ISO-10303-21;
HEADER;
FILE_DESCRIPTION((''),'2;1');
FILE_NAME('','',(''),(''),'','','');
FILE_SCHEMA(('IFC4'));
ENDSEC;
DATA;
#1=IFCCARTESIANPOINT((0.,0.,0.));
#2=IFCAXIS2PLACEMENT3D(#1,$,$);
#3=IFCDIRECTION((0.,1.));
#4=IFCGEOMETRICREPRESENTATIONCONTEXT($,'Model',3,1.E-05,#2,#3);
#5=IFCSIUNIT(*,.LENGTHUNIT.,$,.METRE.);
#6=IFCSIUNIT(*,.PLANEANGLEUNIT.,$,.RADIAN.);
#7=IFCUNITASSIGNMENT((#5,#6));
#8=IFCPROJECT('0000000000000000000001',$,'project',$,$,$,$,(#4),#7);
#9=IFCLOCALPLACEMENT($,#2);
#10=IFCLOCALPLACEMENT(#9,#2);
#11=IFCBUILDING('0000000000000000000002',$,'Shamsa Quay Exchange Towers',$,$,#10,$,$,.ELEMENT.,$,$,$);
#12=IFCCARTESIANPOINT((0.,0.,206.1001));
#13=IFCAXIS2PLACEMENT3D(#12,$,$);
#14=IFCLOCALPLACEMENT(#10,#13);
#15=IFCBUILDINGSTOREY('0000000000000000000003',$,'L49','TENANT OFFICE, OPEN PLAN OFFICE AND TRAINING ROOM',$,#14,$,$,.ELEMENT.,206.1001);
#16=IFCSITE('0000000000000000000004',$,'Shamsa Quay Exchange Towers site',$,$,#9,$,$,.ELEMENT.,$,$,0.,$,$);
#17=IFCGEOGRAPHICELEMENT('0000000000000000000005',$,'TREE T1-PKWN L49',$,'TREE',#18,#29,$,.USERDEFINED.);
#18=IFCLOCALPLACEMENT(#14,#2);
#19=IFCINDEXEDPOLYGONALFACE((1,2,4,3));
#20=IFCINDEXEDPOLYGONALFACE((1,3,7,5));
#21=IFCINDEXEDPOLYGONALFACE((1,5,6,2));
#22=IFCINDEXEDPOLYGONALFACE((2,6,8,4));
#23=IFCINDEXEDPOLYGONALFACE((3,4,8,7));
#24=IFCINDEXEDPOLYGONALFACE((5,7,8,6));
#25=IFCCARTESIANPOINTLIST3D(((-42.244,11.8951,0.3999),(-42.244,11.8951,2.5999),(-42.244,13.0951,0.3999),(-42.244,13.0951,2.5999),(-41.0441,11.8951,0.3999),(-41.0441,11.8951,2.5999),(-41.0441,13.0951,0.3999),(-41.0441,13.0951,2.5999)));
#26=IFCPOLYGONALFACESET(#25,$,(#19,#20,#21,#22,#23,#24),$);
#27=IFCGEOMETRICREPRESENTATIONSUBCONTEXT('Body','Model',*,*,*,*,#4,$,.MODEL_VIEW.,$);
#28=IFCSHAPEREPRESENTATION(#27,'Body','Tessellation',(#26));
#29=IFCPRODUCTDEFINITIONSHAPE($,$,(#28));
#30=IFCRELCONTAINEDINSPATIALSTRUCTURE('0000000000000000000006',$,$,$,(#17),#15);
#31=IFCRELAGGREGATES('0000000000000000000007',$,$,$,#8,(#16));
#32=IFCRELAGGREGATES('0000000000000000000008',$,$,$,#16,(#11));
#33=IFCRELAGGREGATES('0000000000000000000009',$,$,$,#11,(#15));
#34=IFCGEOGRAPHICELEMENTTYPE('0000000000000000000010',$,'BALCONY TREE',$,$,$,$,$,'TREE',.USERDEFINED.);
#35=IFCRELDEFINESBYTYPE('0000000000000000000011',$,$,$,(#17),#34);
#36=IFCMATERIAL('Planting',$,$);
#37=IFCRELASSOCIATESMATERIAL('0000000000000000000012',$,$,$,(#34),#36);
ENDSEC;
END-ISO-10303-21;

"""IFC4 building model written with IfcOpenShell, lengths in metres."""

from ifc_helpers import new_model, si_unit, direction, frame, origin, origin_2d, place, context, subcontext, project, spatial, rectangle, extrude, material, type_object, element, save


model = new_model("IFC4")

# Units and contexts
model_context = context("Model", 3, precision=1e-05, world=origin(), true_north=direction((0.0, 1.0)))
body_context = subcontext(model_context, "Body", "Model", "MODEL_VIEW")
ifc_project = project(units=[si_unit("LENGTHUNIT", "METRE"), si_unit("PLANEANGLEUNIT", "RADIAN")], contexts=[model_context])

# Site, building, storey
site_placement = place(None, origin())
site = spatial("IfcSite", under=ifc_project, at=site_placement, Name="Shamsa Quay Exchange Towers site", CompositionType="ELEMENT", RefElevation=0.0)
building_placement = place(site_placement, origin())
building = spatial("IfcBuilding", under=site, at=building_placement, Name="Shamsa Quay Exchange Towers", CompositionType="ELEMENT")
storey_placement = place(building_placement, frame((0.0, 0.0, 206.1001)))
storey = spatial("IfcBuildingStorey", under=building, at=storey_placement, Name="L49", Description="TENANT OFFICE, OPEN PLAN OFFICE AND TRAINING ROOM", CompositionType="ELEMENT", Elevation=206.1001)

# Geographic element
ifc_material_1 = material(Name="Planting")
geographic_element_type = type_object("IfcGeographicElementType", Name="BALCONY TREE", ElementType="TREE", PredefinedType="USERDEFINED", material=ifc_material_1)
geographic_element_placement = place(storey_placement, frame((-41.644, 12.4951, 0.3999), z_axis=(0.0, 0.0, 1.0), x_axis=(-1.0, 0.0, 0.0)))
element("IfcGeographicElement", 1, at=geographic_element_placement, inside=storey, type_object=geographic_element_type, Name="TREE T1-PKWN L49", ObjectType="TREE", PredefinedType="USERDEFINED", context=body_context, shape_type="SweptSolid", body=[
    extrude(rectangle(XDim=1.2, YDim=1.2, at=origin_2d()), origin(), (0.0, 0.0, 1.0), 2.2),
])

save(model, "model.ifc")
